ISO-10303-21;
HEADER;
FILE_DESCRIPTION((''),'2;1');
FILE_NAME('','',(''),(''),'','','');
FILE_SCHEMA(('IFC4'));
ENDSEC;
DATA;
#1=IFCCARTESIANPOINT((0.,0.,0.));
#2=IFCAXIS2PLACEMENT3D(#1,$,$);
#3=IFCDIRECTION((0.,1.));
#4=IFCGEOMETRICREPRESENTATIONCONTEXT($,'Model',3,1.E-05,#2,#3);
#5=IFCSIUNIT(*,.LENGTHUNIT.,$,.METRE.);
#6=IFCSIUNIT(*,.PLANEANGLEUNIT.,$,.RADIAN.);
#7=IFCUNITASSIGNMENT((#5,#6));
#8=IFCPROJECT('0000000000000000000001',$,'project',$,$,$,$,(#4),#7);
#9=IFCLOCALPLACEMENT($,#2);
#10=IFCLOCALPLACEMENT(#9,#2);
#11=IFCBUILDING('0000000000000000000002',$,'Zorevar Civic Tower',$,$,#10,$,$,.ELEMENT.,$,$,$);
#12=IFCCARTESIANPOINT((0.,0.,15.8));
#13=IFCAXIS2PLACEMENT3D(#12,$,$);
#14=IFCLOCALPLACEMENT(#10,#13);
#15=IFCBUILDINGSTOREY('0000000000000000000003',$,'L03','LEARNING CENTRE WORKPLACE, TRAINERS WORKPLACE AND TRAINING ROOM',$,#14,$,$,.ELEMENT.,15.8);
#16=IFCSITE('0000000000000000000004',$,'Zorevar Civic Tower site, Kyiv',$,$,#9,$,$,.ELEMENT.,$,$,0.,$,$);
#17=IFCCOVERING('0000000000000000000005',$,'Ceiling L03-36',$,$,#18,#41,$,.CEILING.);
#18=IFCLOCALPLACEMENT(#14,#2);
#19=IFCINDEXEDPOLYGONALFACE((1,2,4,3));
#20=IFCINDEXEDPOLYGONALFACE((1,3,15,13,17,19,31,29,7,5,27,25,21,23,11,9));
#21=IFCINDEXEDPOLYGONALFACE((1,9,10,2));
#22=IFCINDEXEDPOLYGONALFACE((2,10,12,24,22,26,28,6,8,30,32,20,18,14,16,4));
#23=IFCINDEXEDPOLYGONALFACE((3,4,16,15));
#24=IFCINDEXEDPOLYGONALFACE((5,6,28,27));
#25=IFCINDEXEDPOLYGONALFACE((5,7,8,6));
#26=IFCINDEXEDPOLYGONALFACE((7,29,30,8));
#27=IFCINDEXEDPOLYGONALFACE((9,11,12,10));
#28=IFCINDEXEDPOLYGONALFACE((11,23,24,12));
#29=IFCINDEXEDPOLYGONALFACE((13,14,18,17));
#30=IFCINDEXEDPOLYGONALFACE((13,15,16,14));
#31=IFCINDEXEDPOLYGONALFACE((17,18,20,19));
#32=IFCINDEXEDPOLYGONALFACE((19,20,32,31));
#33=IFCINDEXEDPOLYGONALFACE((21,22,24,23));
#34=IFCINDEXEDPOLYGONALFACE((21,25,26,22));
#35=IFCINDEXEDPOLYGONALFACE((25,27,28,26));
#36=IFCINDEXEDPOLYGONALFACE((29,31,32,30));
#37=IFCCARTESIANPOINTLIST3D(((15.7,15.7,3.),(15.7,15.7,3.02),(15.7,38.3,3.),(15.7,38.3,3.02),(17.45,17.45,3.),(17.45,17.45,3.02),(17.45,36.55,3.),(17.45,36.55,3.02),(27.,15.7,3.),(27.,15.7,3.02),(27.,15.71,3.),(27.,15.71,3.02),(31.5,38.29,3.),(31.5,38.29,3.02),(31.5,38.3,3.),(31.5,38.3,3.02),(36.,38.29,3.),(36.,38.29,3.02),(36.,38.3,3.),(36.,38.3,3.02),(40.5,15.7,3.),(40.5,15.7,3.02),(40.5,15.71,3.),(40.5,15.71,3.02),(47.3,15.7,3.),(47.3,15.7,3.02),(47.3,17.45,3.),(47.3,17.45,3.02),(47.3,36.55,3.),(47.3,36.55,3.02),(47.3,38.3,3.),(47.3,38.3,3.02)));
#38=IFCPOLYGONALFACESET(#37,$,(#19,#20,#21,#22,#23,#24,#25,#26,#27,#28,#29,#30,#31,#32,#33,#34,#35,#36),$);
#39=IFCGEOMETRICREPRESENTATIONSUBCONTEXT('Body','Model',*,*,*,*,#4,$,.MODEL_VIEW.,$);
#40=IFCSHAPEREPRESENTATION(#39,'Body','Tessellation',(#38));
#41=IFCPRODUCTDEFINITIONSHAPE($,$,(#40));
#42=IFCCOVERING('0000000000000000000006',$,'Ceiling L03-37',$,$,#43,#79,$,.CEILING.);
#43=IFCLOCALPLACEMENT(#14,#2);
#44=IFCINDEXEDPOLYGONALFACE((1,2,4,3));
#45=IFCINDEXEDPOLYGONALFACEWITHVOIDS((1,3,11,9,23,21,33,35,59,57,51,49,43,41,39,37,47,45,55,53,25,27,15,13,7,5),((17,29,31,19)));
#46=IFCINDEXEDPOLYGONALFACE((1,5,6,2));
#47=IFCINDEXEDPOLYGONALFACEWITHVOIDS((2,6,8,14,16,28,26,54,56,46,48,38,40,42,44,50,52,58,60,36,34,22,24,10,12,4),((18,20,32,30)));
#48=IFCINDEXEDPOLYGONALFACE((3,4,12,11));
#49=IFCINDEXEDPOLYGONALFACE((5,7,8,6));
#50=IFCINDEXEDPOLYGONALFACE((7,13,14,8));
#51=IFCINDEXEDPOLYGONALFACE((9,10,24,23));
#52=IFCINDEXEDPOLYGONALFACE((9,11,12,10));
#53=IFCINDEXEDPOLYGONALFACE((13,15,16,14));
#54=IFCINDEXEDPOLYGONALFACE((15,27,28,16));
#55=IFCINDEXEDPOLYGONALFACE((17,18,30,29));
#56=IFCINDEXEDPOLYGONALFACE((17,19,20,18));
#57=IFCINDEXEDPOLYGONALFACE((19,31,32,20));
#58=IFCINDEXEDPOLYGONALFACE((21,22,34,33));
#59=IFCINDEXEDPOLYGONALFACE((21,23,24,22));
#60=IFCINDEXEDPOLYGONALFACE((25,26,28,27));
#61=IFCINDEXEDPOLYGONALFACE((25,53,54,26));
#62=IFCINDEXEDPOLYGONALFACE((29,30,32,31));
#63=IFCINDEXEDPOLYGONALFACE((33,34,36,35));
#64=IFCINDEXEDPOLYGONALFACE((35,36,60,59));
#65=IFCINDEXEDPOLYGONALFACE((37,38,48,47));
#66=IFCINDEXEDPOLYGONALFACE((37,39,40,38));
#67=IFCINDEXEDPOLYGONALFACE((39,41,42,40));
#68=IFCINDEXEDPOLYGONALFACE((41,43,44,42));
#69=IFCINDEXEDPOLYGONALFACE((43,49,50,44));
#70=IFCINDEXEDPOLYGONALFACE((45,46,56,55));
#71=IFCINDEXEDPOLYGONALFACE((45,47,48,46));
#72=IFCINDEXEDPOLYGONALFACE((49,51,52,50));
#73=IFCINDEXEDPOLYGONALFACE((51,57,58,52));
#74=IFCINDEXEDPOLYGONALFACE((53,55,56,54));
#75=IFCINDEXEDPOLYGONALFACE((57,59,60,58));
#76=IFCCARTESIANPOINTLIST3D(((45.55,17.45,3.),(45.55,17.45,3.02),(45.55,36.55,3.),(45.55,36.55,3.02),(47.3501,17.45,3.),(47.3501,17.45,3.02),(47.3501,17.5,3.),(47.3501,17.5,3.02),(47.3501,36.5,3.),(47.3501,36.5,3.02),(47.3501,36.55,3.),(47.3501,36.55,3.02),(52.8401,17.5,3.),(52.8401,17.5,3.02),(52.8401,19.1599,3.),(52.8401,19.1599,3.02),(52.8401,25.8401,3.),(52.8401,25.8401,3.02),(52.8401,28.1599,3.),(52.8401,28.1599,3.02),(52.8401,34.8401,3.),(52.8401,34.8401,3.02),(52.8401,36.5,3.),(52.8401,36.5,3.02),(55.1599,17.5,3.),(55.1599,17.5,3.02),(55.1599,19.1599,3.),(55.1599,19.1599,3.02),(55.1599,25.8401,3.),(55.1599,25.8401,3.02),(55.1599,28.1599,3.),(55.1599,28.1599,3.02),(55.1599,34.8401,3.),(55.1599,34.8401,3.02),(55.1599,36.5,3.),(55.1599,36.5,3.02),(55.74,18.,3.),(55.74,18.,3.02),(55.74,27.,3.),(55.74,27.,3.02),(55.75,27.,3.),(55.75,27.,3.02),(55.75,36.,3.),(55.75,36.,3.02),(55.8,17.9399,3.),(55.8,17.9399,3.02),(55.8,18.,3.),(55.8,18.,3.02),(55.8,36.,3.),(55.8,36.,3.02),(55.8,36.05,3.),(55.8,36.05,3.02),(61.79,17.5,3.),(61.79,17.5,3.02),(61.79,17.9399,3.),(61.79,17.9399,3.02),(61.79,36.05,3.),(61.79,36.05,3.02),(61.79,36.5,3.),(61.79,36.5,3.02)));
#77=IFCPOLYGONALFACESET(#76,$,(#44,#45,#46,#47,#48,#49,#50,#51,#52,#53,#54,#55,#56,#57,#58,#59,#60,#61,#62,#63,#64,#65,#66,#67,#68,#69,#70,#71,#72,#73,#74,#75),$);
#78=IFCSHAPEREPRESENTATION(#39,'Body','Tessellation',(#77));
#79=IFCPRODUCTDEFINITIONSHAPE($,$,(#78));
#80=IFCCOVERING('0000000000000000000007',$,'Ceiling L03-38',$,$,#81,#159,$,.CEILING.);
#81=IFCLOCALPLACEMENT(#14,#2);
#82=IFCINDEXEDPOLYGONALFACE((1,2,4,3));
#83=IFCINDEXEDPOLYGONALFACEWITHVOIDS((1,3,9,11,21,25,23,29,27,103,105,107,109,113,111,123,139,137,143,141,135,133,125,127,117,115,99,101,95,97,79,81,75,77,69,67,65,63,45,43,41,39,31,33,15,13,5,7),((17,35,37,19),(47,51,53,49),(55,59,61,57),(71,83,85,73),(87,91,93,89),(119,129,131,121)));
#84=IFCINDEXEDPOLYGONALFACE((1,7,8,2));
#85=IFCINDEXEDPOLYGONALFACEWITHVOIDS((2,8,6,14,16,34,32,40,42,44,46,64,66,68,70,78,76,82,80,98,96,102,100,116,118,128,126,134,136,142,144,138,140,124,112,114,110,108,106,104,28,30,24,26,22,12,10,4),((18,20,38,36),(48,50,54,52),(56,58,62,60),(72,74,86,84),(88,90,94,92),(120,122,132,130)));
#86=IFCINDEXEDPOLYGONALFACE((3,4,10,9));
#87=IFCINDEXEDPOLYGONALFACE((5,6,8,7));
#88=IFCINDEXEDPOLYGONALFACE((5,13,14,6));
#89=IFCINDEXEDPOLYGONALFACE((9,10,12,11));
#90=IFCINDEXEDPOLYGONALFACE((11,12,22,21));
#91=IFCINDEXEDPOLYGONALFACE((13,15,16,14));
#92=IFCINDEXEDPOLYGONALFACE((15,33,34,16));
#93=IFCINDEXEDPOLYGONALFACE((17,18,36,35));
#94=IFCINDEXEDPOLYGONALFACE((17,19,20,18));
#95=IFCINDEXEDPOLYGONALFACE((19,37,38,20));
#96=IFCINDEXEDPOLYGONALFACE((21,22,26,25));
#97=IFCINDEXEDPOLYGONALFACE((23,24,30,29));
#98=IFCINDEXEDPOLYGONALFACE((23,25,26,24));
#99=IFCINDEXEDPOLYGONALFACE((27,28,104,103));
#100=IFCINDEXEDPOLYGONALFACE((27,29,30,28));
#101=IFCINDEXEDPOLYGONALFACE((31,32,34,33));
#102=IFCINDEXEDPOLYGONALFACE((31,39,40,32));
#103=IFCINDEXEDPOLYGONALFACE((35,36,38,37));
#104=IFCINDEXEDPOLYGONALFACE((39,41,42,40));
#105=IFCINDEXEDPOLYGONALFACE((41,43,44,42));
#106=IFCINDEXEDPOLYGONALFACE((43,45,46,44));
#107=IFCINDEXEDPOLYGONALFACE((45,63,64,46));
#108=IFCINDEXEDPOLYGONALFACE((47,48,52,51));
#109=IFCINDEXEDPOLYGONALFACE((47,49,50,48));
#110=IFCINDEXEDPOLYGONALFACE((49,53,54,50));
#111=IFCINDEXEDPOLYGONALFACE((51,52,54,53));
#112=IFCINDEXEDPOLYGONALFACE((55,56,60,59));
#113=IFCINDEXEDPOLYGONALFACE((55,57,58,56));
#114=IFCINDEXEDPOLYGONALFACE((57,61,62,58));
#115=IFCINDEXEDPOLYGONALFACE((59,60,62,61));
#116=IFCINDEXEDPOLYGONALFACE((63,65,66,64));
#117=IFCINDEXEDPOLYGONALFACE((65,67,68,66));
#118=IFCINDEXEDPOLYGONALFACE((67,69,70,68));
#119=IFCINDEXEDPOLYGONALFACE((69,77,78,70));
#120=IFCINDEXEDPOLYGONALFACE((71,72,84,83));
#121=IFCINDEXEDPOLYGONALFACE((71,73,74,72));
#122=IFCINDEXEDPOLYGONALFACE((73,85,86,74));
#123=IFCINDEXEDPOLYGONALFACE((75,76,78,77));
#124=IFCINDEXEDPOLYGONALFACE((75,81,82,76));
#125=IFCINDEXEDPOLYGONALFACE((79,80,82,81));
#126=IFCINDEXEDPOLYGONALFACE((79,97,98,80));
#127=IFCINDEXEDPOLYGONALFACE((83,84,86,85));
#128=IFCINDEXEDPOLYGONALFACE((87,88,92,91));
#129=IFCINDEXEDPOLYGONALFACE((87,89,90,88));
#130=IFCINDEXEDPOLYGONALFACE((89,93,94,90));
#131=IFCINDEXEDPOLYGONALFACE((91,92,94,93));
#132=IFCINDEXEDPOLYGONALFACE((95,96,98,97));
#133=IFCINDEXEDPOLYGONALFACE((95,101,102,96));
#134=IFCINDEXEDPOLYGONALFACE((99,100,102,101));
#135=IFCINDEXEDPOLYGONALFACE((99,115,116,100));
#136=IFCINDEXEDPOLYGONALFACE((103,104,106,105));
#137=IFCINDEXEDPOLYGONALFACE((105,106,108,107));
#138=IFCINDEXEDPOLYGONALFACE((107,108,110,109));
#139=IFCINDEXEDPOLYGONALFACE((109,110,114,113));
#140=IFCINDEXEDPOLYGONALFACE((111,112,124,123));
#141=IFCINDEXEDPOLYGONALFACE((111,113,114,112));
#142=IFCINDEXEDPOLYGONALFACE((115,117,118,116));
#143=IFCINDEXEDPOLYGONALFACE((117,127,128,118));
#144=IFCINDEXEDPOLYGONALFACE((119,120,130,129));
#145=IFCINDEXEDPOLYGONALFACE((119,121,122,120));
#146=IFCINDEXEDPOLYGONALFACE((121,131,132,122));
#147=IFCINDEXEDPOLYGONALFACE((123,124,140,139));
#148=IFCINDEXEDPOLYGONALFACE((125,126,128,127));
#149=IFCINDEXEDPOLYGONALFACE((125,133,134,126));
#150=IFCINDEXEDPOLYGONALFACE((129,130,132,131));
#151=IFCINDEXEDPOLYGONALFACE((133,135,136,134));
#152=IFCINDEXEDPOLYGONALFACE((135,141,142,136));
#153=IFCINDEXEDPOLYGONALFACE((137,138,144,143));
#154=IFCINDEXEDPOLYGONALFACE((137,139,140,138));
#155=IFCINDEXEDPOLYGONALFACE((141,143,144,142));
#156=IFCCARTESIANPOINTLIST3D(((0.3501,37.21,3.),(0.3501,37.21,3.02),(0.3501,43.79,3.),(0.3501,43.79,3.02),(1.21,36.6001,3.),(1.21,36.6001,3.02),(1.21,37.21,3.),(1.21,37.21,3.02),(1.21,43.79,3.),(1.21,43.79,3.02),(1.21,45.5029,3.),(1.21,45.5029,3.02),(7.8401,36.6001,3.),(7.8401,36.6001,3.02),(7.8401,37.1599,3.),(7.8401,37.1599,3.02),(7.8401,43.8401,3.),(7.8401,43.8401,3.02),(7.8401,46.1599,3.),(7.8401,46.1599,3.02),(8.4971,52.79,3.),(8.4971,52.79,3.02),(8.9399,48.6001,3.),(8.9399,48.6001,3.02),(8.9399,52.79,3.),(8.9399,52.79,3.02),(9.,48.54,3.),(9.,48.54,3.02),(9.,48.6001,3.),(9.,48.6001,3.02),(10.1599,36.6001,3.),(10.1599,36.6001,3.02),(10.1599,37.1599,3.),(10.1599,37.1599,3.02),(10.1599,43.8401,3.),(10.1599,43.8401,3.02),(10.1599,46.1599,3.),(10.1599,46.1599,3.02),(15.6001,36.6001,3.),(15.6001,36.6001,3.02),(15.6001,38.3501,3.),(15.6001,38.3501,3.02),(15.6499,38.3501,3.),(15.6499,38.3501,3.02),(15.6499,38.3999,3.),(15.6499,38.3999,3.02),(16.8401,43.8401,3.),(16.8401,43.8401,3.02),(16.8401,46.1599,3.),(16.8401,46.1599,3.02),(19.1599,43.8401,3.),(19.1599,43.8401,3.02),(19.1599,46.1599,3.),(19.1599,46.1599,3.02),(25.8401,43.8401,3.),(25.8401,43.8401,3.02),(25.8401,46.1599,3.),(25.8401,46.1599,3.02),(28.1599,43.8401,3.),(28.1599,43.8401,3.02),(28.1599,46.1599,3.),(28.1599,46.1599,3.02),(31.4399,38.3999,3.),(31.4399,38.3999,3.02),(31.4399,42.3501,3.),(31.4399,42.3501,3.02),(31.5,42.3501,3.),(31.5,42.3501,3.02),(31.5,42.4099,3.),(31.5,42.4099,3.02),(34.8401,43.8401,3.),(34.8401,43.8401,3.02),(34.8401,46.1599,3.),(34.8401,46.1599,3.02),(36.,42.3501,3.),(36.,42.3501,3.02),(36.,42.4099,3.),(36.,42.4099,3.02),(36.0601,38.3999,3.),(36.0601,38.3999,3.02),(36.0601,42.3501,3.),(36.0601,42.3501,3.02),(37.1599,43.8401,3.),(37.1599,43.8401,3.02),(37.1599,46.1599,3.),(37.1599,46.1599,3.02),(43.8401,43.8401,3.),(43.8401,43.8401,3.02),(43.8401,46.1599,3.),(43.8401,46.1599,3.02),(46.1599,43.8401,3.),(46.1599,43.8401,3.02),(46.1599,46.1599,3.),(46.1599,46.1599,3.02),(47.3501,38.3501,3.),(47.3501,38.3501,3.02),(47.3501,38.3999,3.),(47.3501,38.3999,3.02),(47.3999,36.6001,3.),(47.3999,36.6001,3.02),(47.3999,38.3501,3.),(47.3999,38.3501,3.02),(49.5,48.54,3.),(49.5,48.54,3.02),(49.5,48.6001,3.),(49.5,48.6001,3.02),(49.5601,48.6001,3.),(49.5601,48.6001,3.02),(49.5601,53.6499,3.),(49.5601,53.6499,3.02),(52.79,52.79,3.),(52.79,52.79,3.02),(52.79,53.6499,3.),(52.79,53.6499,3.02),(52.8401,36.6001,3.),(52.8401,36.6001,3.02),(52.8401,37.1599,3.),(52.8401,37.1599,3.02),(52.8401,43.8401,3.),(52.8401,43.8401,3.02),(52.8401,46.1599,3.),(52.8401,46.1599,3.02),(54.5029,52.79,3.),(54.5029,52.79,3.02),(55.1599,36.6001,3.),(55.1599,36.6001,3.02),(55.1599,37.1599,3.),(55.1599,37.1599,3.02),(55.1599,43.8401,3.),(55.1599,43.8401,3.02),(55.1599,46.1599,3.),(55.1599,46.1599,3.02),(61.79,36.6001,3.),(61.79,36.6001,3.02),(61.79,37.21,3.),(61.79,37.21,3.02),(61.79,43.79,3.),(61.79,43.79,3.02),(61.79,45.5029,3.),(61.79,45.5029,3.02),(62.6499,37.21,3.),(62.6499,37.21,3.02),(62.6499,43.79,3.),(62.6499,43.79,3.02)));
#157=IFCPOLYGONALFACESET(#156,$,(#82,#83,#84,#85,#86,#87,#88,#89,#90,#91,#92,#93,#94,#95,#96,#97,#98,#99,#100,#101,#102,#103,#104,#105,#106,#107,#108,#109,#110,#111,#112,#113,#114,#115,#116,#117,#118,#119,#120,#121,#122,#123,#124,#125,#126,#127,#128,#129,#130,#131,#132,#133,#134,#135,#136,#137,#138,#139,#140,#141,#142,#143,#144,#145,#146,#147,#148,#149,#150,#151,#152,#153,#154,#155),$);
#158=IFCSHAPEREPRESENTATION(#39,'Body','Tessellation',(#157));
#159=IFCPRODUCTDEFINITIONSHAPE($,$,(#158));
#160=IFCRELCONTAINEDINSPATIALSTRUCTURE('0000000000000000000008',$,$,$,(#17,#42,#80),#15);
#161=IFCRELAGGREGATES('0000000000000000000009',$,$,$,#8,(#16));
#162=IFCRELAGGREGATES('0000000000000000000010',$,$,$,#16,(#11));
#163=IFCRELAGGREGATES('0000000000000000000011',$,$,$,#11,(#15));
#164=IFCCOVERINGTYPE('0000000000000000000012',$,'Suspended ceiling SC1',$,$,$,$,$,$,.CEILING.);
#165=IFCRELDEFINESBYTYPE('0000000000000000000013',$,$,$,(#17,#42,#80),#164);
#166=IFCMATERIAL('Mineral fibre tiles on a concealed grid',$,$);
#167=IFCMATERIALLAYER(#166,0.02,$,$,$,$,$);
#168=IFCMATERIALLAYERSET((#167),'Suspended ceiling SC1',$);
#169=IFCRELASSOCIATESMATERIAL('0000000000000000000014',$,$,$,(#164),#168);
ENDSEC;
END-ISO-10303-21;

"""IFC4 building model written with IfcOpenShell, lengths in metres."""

from ifc_helpers import new_model, si_unit, direction, frame, origin, place, context, subcontext, project, spatial, polyline, outline, extrude, material, layer, layer_set, type_object, element, save


model = new_model("IFC4")

# Units and contexts
model_context = context("Model", 3, precision=1e-05, world=origin(), true_north=direction((0.0, 1.0)))
body_context = subcontext(model_context, "Body", "Model", "MODEL_VIEW")
ifc_project = project(units=[si_unit("LENGTHUNIT", "METRE"), si_unit("PLANEANGLEUNIT", "RADIAN")], contexts=[model_context])

# Site, building, storey
site_placement = place(None, origin())
site = spatial("IfcSite", under=ifc_project, at=site_placement, Name="Zorevar Civic Tower site, Kyiv", CompositionType="ELEMENT", RefElevation=0.0)
building_placement = place(site_placement, origin())
building = spatial("IfcBuilding", under=site, at=building_placement, Name="Zorevar Civic Tower", CompositionType="ELEMENT")
storey_placement = place(building_placement, frame((0.0, 0.0, 15.8)))
storey = spatial("IfcBuildingStorey", under=building, at=storey_placement, Name="L03", Description="LEARNING CENTRE WORKPLACE, TRAINERS WORKPLACE AND TRAINING ROOM", CompositionType="ELEMENT", Elevation=15.8)

# Coverings
ifc_material_1 = material(Name="Mineral fibre tiles on a concealed grid")
ifc_layer_1 = layer(ifc_material_1, 0.02)
ifc_layer_set_1 = layer_set([ifc_layer_1], Name="Suspended ceiling SC1")
covering_type_1 = type_object("IfcCoveringType", Name="Suspended ceiling SC1", PredefinedType="CEILING", material=ifc_layer_set_1)
covering_1_placement = place(storey_placement, frame((0.0, 0.0, 3.0)))
element("IfcCovering", 1, at=covering_1_placement, inside=storey, type_object=covering_type_1, Name="Ceiling L03-36", PredefinedType="CEILING", context=body_context, shape_type="SweptSolid", body=[
    extrude(outline(polyline([(47.3, 15.7), (40.5, 15.7), (40.5, 15.71), (27.0, 15.71), (27.0, 15.7), (15.7, 15.7), (15.7, 38.3), (31.5, 38.3), (31.5, 38.29), (36.0, 38.29), (36.0, 38.3), (47.3, 38.3), (47.3, 36.55), (17.45, 36.55), (17.45, 17.45), (47.3, 17.45), (47.3, 15.7)])), origin(), (0.0, 0.0, 1.0), 0.02),
])
covering_2_placement = place(storey_placement, frame((0.0, 0.0, 3.0)))
element("IfcCovering", 2, at=covering_2_placement, inside=storey, type_object=covering_type_1, Name="Ceiling L03-37", PredefinedType="CEILING", context=body_context, shape_type="SweptSolid", body=[
    extrude(outline(polyline([(55.1599, 19.1599), (52.8401, 19.1599), (52.8401, 17.5), (47.3501, 17.5), (47.3501, 17.45), (45.55, 17.45), (45.55, 36.55), (47.3501, 36.55), (47.3501, 36.5), (52.8401, 36.5), (52.8401, 34.8401), (55.1599, 34.8401), (55.1599, 36.5), (61.79, 36.5), (61.79, 36.05), (55.8, 36.05), (55.8, 36.0), (55.75, 36.0), (55.75, 27.0), (55.74, 27.0), (55.74, 18.0), (55.8, 18.0), (55.8, 17.9399), (61.79, 17.9399), (61.79, 17.5), (55.1599, 17.5), (55.1599, 19.1599)]), holes=[polyline([(55.1599, 25.8401), (55.1599, 28.1599), (52.8401, 28.1599), (52.8401, 25.8401), (55.1599, 25.8401)])]), origin(), (0.0, 0.0, 1.0), 0.02),
])
covering_3_placement = place(storey_placement, frame((0.0, 0.0, 3.0)))
element("IfcCovering", 3, at=covering_3_placement, inside=storey, type_object=covering_type_1, Name="Ceiling L03-38", PredefinedType="CEILING", context=body_context, shape_type="SweptSolid", body=[
    extrude(outline(polyline([(62.6499, 43.79), (62.6499, 37.21), (61.79, 37.21), (61.79, 36.6001), (55.1599, 36.6001), (55.1599, 37.1599), (52.8401, 37.1599), (52.8401, 36.6001), (47.3999, 36.6001), (47.3999, 38.3501), (47.3501, 38.3501), (47.3501, 38.3999), (36.0601, 38.3999), (36.0601, 42.3501), (36.0, 42.3501), (36.0, 42.4099), (31.5, 42.4099), (31.5, 42.3501), (31.4399, 42.3501), (31.4399, 38.3999), (15.6499, 38.3999), (15.6499, 38.3501), (15.6001, 38.3501), (15.6001, 36.6001), (10.1599, 36.6001), (10.1599, 37.1599), (7.8401, 37.1599), (7.8401, 36.6001), (1.21, 36.6001), (1.21, 37.21), (0.3501, 37.21), (0.3501, 43.79), (1.21, 43.79), (1.21, 45.5029), (8.4971, 52.79), (8.9399, 52.79), (8.9399, 48.6001), (9.0, 48.6001), (9.0, 48.54), (49.5, 48.54), (49.5, 48.6001), (49.5601, 48.6001), (49.5601, 53.6499), (52.79, 53.6499), (52.79, 52.79), (54.5029, 52.79), (61.79, 45.5029), (61.79, 43.79), (62.6499, 43.79)]), holes=[polyline([(10.1599, 46.1599), (7.8401, 46.1599), (7.8401, 43.8401), (10.1599, 43.8401), (10.1599, 46.1599)]), polyline([(16.8401, 43.8401), (19.1599, 43.8401), (19.1599, 46.1599), (16.8401, 46.1599), (16.8401, 43.8401)]), polyline([(25.8401, 46.1599), (25.8401, 43.8401), (28.1599, 43.8401), (28.1599, 46.1599), (25.8401, 46.1599)]), polyline([(37.1599, 46.1599), (34.8401, 46.1599), (34.8401, 43.8401), (37.1599, 43.8401), (37.1599, 46.1599)]), polyline([(46.1599, 43.8401), (46.1599, 46.1599), (43.8401, 46.1599), (43.8401, 43.8401), (46.1599, 43.8401)]), polyline([(52.8401, 46.1599), (52.8401, 43.8401), (55.1599, 43.8401), (55.1599, 46.1599), (52.8401, 46.1599)])]), origin(), (0.0, 0.0, 1.0), 0.02),
])

save(model, "model.ifc")
